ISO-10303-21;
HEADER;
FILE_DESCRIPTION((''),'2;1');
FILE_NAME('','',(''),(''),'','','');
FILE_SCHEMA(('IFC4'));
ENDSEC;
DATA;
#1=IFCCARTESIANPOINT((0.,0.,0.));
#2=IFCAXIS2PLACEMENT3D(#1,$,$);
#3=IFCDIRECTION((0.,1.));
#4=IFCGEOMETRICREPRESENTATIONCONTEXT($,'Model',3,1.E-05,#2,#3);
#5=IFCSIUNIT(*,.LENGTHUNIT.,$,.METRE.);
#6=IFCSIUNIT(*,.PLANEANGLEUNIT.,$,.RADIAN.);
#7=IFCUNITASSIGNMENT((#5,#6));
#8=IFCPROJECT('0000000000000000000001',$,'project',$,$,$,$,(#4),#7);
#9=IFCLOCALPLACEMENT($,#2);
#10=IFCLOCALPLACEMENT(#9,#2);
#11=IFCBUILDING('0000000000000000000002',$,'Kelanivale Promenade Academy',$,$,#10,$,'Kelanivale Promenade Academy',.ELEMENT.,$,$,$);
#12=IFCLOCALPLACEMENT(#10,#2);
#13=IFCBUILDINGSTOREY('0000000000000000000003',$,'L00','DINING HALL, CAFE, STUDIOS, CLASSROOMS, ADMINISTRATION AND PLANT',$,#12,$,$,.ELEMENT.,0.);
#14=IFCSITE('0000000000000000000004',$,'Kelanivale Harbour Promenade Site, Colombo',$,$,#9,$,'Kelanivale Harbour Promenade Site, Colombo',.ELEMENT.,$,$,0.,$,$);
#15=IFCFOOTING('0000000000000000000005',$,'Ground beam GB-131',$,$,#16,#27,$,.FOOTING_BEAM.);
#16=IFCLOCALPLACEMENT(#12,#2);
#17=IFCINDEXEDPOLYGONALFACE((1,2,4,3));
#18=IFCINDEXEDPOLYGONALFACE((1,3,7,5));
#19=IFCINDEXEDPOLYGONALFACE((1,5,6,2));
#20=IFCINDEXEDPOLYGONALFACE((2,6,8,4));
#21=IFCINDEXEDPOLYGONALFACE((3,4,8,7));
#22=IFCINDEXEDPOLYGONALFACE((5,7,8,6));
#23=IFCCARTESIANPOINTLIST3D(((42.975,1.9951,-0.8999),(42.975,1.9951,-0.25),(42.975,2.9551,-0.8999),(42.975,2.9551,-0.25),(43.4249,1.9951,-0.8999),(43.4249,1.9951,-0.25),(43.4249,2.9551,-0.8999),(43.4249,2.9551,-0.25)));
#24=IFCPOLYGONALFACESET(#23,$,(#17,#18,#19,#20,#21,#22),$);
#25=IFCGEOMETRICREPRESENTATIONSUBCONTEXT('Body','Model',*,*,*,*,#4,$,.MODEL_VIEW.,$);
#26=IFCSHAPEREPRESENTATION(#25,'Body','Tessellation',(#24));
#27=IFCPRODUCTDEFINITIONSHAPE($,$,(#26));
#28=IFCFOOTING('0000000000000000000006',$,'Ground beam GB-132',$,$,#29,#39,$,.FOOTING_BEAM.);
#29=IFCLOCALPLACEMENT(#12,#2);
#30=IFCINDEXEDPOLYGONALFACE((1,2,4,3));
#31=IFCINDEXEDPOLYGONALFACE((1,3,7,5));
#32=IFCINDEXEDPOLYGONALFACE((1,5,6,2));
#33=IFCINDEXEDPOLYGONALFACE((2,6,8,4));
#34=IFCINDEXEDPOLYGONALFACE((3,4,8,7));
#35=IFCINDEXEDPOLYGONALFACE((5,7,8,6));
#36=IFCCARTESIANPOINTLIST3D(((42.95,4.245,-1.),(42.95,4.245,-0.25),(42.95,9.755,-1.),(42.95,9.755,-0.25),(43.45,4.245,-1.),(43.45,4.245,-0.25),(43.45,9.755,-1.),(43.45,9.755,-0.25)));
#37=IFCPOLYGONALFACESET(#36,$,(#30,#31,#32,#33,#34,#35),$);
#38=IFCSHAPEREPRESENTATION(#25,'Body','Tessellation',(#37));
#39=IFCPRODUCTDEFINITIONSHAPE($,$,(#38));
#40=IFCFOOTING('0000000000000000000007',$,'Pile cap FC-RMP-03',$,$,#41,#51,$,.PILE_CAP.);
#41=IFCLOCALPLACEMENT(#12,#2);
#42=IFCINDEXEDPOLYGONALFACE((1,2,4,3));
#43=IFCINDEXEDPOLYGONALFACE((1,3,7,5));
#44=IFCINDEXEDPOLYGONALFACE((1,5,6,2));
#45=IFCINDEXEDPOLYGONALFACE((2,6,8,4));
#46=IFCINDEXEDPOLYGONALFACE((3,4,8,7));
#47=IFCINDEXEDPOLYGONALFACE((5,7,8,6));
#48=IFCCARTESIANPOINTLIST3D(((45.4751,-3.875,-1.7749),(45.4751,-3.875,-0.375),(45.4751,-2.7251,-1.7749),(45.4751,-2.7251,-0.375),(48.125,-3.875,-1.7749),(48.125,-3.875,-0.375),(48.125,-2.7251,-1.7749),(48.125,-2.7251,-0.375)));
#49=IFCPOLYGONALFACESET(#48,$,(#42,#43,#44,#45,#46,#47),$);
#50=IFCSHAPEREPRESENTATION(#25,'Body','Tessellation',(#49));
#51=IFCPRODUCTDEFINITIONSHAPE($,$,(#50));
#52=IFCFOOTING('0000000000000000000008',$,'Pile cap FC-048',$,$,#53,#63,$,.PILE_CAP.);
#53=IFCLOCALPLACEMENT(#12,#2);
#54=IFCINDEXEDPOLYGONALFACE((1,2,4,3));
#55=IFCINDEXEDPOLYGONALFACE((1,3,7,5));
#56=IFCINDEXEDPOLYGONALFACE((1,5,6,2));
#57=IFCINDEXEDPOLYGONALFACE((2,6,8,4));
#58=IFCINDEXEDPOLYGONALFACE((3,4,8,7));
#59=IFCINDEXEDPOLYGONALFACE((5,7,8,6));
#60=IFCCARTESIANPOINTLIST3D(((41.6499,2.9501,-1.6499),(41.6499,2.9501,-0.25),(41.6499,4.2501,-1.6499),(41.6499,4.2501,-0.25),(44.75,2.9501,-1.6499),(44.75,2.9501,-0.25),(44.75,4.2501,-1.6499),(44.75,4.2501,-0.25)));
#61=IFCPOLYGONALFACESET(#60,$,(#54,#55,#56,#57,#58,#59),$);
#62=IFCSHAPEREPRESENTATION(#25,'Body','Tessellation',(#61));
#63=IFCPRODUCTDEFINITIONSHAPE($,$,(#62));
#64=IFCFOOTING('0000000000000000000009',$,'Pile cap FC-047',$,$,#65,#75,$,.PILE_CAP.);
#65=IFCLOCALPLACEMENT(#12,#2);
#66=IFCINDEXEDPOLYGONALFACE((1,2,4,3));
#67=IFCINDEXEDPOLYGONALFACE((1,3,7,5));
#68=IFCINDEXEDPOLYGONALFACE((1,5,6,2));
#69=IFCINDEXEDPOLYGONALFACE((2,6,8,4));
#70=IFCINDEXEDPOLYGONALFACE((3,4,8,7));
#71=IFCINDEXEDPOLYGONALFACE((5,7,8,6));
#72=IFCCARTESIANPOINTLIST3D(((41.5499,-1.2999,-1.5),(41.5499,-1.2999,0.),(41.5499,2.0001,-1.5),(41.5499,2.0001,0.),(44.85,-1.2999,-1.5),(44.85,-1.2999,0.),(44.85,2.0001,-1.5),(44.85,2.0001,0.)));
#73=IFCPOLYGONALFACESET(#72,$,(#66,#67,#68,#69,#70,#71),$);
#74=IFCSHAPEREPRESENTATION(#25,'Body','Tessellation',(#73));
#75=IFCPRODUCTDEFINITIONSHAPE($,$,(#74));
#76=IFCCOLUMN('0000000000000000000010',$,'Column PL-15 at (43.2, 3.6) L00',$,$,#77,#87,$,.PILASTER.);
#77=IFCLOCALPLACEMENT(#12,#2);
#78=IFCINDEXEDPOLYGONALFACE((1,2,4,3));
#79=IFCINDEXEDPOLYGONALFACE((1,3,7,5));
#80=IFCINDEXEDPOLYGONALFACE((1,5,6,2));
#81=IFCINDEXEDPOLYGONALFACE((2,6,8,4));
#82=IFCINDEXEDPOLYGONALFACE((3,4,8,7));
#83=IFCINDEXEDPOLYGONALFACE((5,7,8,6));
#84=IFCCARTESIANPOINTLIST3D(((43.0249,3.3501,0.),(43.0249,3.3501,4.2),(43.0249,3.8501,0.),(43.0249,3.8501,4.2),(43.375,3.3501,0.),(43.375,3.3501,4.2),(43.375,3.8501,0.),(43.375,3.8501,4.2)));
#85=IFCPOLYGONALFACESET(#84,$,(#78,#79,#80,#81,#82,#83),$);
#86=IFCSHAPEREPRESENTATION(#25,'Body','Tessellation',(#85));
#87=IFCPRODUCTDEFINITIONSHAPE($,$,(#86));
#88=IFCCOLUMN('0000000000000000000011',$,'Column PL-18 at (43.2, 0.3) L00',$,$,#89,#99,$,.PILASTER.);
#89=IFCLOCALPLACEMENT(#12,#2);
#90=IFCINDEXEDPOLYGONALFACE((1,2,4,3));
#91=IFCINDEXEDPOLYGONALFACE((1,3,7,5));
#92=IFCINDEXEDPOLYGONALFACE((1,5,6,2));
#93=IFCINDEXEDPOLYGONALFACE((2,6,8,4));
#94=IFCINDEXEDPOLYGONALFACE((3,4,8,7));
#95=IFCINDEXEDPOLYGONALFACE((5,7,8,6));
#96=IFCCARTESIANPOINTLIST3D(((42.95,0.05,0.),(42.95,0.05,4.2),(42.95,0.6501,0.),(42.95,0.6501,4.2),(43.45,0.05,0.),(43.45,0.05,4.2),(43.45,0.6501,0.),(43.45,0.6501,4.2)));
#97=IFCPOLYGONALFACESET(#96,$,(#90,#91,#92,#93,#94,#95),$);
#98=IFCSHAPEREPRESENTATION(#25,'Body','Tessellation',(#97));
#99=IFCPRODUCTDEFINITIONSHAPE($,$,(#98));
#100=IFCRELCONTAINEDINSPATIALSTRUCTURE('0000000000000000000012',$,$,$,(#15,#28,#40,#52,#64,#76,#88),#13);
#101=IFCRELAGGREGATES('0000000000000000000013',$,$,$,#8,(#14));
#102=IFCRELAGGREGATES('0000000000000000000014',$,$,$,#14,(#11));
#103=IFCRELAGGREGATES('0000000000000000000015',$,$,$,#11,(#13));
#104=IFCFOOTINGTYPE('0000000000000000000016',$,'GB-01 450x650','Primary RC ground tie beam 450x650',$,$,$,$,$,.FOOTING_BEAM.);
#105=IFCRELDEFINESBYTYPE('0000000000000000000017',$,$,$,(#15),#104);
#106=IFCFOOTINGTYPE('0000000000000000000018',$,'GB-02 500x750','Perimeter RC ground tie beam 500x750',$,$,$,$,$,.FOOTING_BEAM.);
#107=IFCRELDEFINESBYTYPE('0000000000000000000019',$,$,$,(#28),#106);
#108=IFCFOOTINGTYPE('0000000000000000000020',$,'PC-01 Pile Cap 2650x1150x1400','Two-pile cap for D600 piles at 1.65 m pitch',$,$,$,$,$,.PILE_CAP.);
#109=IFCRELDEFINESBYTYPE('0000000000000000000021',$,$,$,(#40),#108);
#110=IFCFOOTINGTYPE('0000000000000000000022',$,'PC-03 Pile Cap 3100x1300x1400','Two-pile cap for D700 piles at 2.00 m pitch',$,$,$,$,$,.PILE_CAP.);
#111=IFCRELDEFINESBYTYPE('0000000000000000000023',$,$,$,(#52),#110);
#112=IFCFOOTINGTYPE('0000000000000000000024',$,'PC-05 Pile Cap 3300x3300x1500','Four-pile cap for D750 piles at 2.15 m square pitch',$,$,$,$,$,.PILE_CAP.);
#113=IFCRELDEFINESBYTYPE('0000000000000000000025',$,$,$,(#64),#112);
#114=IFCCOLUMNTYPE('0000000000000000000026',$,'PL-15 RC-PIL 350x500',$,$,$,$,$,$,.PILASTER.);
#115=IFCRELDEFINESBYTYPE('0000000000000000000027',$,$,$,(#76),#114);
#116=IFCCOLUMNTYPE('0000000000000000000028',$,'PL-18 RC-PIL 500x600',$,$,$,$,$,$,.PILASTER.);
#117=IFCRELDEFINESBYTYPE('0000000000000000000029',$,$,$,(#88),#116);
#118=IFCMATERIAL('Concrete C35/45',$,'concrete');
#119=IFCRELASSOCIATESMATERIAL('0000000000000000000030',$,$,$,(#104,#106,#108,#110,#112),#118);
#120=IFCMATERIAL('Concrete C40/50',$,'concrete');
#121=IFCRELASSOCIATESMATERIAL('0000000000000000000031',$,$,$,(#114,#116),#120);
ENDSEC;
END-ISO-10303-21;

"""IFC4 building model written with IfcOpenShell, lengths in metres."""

from ifc_helpers import new_model, si_unit, direction, frame, origin, origin_2d, place, context, subcontext, project, spatial, rectangle, extrude, material, material_profile, profile_set, type_object, element, save


model = new_model("IFC4")

# Units and contexts
model_context = context("Model", 3, precision=1e-05, world=origin(), true_north=direction((0.0, 1.0)))
body_context = subcontext(model_context, "Body", "Model", "MODEL_VIEW")
ifc_project = project(units=[si_unit("LENGTHUNIT", "METRE"), si_unit("PLANEANGLEUNIT", "RADIAN")], contexts=[model_context])

# Site, building, storey
site_placement = place(None, origin())
site = spatial("IfcSite", under=ifc_project, at=site_placement, Name="Kelanivale Harbour Promenade Site, Colombo", LongName="Kelanivale Harbour Promenade Site, Colombo", CompositionType="ELEMENT", RefElevation=0.0)
building_placement = place(site_placement, origin())
building = spatial("IfcBuilding", under=site, at=building_placement, Name="Kelanivale Promenade Academy", LongName="Kelanivale Promenade Academy", CompositionType="ELEMENT")
storey_placement = place(building_placement, origin())
storey = spatial("IfcBuildingStorey", under=building, at=storey_placement, Name="L00", Description="DINING HALL, CAFE, STUDIOS, CLASSROOMS, ADMINISTRATION AND PLANT", CompositionType="ELEMENT", Elevation=0.0)

# Shared definitions
ifc_material_1 = material(Name="Concrete C35/45", Category="concrete")

# Footings
footing_type_1 = type_object("IfcFootingType", Name="GB-01 450x650", Description="Primary RC ground tie beam 450x650", PredefinedType="FOOTING_BEAM", material=ifc_material_1)
footing_1_placement = place(storey_placement, frame((43.2, 2.4751, -0.8999), z_axis=(0.0, 0.0, 1.0), x_axis=(0.0, 1.0, 0.0)))
element("IfcFooting", 1, at=footing_1_placement, inside=storey, type_object=footing_type_1, Name="Ground beam GB-131", PredefinedType="FOOTING_BEAM", context=body_context, shape_type="SweptSolid", body=[
    extrude(rectangle(XDim=0.96, YDim=0.45, at=origin_2d()), origin(), (0.0, 0.0, 1.0), 0.6499),
])
footing_type_2 = type_object("IfcFootingType", Name="GB-02 500x750", Description="Perimeter RC ground tie beam 500x750", PredefinedType="FOOTING_BEAM", material=ifc_material_1)
footing_2_placement = place(storey_placement, frame((43.2, 7.0, -1.0), z_axis=(0.0, 0.0, 1.0), x_axis=(0.0, 1.0, 0.0)))
element("IfcFooting", 2, at=footing_2_placement, inside=storey, type_object=footing_type_2, Name="Ground beam GB-132", PredefinedType="FOOTING_BEAM", context=body_context, shape_type="SweptSolid", body=[
    extrude(rectangle(XDim=5.51, YDim=0.5, at=origin_2d()), origin(), (0.0, 0.0, 1.0), 0.75),
])
footing_type_3 = type_object("IfcFootingType", Name="PC-01 Pile Cap 2650x1150x1400", Description="Two-pile cap for D600 piles at 1.65 m pitch", PredefinedType="PILE_CAP", material=ifc_material_1)
footing_3_placement = place(storey_placement, frame((46.8, -3.3, -1.7749), z_axis=(0.0, 0.0, 1.0), x_axis=(1.0, 0.0, 0.0)))
element("IfcFooting", 3, at=footing_3_placement, inside=storey, type_object=footing_type_3, Name="Pile cap FC-RMP-03", PredefinedType="PILE_CAP", context=body_context, shape_type="SweptSolid", body=[
    extrude(rectangle(XDim=2.6499, YDim=1.1499, at=origin_2d()), origin(), (0.0, 0.0, 1.0), 1.3999),
])
footing_type_4 = type_object("IfcFootingType", Name="PC-03 Pile Cap 3100x1300x1400", Description="Two-pile cap for D700 piles at 2.00 m pitch", PredefinedType="PILE_CAP", material=ifc_material_1)
footing_4_placement = place(storey_placement, frame((43.2, 3.6001, -1.6499), z_axis=(0.0, 0.0, 1.0), x_axis=(1.0, 0.0, 0.0)))
element("IfcFooting", 4, at=footing_4_placement, inside=storey, type_object=footing_type_4, Name="Pile cap FC-048", PredefinedType="PILE_CAP", context=body_context, shape_type="SweptSolid", body=[
    extrude(rectangle(XDim=3.1001, YDim=1.3, at=origin_2d()), origin(), (0.0, 0.0, 1.0), 1.3999),
])
footing_type_5 = type_object("IfcFootingType", Name="PC-05 Pile Cap 3300x3300x1500", Description="Four-pile cap for D750 piles at 2.15 m square pitch", PredefinedType="PILE_CAP", material=ifc_material_1)
footing_5_placement = place(storey_placement, frame((43.2, 0.3501, -1.5), z_axis=(0.0, 0.0, 1.0), x_axis=(1.0, 0.0, 0.0)))
element("IfcFooting", 5, at=footing_5_placement, inside=storey, type_object=footing_type_5, Name="Pile cap FC-047", PredefinedType="PILE_CAP", context=body_context, shape_type="SweptSolid", body=[
    extrude(rectangle(XDim=3.3, YDim=3.3, at=origin_2d()), origin(), (0.0, 0.0, 1.0), 1.5),
])

# Columns
ifc_material_2 = material(Name="Concrete C40/50", Category="concrete")
ifc_material_profile_1 = material_profile(ifc_material_2, rectangle(XDim=0.3501, YDim=0.5, at=origin_2d()), Name="RC-PIL 350x500")
ifc_profile_set_1 = profile_set([ifc_material_profile_1], Name="Concrete C40/50")
column_type_1 = type_object("IfcColumnType", Name="PL-15 RC-PIL 350x500", PredefinedType="PILASTER", material=ifc_profile_set_1)
column_1_placement = place(storey_placement, frame((43.2, 3.6001, 0.0), z_axis=(0.0, 0.0, 1.0), x_axis=(1.0, 0.0, 0.0)))
element("IfcColumn", 6, at=column_1_placement, inside=storey, type_object=column_type_1, Name="Column PL-15 at (43.2, 3.6) L00", PredefinedType="PILASTER", context=body_context, shape_type="SweptSolid", body=[
    extrude(rectangle(XDim=0.3501, YDim=0.5, at=origin_2d()), origin(), (0.0, 0.0, 1.0), 4.2),
])
ifc_material_profile_2 = material_profile(ifc_material_2, rectangle(XDim=0.5, YDim=0.6001, at=origin_2d()), Name="RC-PIL 500x600")
ifc_profile_set_2 = profile_set([ifc_material_profile_2], Name="Concrete C40/50")
column_type_2 = type_object("IfcColumnType", Name="PL-18 RC-PIL 500x600", PredefinedType="PILASTER", material=ifc_profile_set_2)
column_2_placement = place(storey_placement, frame((43.2, 0.3501, 0.0), z_axis=(0.0, 0.0, 1.0), x_axis=(1.0, 0.0, 0.0)))
element("IfcColumn", 7, at=column_2_placement, inside=storey, type_object=column_type_2, Name="Column PL-18 at (43.2, 0.3) L00", PredefinedType="PILASTER", context=body_context, shape_type="SweptSolid", body=[
    extrude(rectangle(XDim=0.5, YDim=0.6001, at=origin_2d()), origin(), (0.0, 0.0, 1.0), 4.2),
])

save(model, "model.ifc")
